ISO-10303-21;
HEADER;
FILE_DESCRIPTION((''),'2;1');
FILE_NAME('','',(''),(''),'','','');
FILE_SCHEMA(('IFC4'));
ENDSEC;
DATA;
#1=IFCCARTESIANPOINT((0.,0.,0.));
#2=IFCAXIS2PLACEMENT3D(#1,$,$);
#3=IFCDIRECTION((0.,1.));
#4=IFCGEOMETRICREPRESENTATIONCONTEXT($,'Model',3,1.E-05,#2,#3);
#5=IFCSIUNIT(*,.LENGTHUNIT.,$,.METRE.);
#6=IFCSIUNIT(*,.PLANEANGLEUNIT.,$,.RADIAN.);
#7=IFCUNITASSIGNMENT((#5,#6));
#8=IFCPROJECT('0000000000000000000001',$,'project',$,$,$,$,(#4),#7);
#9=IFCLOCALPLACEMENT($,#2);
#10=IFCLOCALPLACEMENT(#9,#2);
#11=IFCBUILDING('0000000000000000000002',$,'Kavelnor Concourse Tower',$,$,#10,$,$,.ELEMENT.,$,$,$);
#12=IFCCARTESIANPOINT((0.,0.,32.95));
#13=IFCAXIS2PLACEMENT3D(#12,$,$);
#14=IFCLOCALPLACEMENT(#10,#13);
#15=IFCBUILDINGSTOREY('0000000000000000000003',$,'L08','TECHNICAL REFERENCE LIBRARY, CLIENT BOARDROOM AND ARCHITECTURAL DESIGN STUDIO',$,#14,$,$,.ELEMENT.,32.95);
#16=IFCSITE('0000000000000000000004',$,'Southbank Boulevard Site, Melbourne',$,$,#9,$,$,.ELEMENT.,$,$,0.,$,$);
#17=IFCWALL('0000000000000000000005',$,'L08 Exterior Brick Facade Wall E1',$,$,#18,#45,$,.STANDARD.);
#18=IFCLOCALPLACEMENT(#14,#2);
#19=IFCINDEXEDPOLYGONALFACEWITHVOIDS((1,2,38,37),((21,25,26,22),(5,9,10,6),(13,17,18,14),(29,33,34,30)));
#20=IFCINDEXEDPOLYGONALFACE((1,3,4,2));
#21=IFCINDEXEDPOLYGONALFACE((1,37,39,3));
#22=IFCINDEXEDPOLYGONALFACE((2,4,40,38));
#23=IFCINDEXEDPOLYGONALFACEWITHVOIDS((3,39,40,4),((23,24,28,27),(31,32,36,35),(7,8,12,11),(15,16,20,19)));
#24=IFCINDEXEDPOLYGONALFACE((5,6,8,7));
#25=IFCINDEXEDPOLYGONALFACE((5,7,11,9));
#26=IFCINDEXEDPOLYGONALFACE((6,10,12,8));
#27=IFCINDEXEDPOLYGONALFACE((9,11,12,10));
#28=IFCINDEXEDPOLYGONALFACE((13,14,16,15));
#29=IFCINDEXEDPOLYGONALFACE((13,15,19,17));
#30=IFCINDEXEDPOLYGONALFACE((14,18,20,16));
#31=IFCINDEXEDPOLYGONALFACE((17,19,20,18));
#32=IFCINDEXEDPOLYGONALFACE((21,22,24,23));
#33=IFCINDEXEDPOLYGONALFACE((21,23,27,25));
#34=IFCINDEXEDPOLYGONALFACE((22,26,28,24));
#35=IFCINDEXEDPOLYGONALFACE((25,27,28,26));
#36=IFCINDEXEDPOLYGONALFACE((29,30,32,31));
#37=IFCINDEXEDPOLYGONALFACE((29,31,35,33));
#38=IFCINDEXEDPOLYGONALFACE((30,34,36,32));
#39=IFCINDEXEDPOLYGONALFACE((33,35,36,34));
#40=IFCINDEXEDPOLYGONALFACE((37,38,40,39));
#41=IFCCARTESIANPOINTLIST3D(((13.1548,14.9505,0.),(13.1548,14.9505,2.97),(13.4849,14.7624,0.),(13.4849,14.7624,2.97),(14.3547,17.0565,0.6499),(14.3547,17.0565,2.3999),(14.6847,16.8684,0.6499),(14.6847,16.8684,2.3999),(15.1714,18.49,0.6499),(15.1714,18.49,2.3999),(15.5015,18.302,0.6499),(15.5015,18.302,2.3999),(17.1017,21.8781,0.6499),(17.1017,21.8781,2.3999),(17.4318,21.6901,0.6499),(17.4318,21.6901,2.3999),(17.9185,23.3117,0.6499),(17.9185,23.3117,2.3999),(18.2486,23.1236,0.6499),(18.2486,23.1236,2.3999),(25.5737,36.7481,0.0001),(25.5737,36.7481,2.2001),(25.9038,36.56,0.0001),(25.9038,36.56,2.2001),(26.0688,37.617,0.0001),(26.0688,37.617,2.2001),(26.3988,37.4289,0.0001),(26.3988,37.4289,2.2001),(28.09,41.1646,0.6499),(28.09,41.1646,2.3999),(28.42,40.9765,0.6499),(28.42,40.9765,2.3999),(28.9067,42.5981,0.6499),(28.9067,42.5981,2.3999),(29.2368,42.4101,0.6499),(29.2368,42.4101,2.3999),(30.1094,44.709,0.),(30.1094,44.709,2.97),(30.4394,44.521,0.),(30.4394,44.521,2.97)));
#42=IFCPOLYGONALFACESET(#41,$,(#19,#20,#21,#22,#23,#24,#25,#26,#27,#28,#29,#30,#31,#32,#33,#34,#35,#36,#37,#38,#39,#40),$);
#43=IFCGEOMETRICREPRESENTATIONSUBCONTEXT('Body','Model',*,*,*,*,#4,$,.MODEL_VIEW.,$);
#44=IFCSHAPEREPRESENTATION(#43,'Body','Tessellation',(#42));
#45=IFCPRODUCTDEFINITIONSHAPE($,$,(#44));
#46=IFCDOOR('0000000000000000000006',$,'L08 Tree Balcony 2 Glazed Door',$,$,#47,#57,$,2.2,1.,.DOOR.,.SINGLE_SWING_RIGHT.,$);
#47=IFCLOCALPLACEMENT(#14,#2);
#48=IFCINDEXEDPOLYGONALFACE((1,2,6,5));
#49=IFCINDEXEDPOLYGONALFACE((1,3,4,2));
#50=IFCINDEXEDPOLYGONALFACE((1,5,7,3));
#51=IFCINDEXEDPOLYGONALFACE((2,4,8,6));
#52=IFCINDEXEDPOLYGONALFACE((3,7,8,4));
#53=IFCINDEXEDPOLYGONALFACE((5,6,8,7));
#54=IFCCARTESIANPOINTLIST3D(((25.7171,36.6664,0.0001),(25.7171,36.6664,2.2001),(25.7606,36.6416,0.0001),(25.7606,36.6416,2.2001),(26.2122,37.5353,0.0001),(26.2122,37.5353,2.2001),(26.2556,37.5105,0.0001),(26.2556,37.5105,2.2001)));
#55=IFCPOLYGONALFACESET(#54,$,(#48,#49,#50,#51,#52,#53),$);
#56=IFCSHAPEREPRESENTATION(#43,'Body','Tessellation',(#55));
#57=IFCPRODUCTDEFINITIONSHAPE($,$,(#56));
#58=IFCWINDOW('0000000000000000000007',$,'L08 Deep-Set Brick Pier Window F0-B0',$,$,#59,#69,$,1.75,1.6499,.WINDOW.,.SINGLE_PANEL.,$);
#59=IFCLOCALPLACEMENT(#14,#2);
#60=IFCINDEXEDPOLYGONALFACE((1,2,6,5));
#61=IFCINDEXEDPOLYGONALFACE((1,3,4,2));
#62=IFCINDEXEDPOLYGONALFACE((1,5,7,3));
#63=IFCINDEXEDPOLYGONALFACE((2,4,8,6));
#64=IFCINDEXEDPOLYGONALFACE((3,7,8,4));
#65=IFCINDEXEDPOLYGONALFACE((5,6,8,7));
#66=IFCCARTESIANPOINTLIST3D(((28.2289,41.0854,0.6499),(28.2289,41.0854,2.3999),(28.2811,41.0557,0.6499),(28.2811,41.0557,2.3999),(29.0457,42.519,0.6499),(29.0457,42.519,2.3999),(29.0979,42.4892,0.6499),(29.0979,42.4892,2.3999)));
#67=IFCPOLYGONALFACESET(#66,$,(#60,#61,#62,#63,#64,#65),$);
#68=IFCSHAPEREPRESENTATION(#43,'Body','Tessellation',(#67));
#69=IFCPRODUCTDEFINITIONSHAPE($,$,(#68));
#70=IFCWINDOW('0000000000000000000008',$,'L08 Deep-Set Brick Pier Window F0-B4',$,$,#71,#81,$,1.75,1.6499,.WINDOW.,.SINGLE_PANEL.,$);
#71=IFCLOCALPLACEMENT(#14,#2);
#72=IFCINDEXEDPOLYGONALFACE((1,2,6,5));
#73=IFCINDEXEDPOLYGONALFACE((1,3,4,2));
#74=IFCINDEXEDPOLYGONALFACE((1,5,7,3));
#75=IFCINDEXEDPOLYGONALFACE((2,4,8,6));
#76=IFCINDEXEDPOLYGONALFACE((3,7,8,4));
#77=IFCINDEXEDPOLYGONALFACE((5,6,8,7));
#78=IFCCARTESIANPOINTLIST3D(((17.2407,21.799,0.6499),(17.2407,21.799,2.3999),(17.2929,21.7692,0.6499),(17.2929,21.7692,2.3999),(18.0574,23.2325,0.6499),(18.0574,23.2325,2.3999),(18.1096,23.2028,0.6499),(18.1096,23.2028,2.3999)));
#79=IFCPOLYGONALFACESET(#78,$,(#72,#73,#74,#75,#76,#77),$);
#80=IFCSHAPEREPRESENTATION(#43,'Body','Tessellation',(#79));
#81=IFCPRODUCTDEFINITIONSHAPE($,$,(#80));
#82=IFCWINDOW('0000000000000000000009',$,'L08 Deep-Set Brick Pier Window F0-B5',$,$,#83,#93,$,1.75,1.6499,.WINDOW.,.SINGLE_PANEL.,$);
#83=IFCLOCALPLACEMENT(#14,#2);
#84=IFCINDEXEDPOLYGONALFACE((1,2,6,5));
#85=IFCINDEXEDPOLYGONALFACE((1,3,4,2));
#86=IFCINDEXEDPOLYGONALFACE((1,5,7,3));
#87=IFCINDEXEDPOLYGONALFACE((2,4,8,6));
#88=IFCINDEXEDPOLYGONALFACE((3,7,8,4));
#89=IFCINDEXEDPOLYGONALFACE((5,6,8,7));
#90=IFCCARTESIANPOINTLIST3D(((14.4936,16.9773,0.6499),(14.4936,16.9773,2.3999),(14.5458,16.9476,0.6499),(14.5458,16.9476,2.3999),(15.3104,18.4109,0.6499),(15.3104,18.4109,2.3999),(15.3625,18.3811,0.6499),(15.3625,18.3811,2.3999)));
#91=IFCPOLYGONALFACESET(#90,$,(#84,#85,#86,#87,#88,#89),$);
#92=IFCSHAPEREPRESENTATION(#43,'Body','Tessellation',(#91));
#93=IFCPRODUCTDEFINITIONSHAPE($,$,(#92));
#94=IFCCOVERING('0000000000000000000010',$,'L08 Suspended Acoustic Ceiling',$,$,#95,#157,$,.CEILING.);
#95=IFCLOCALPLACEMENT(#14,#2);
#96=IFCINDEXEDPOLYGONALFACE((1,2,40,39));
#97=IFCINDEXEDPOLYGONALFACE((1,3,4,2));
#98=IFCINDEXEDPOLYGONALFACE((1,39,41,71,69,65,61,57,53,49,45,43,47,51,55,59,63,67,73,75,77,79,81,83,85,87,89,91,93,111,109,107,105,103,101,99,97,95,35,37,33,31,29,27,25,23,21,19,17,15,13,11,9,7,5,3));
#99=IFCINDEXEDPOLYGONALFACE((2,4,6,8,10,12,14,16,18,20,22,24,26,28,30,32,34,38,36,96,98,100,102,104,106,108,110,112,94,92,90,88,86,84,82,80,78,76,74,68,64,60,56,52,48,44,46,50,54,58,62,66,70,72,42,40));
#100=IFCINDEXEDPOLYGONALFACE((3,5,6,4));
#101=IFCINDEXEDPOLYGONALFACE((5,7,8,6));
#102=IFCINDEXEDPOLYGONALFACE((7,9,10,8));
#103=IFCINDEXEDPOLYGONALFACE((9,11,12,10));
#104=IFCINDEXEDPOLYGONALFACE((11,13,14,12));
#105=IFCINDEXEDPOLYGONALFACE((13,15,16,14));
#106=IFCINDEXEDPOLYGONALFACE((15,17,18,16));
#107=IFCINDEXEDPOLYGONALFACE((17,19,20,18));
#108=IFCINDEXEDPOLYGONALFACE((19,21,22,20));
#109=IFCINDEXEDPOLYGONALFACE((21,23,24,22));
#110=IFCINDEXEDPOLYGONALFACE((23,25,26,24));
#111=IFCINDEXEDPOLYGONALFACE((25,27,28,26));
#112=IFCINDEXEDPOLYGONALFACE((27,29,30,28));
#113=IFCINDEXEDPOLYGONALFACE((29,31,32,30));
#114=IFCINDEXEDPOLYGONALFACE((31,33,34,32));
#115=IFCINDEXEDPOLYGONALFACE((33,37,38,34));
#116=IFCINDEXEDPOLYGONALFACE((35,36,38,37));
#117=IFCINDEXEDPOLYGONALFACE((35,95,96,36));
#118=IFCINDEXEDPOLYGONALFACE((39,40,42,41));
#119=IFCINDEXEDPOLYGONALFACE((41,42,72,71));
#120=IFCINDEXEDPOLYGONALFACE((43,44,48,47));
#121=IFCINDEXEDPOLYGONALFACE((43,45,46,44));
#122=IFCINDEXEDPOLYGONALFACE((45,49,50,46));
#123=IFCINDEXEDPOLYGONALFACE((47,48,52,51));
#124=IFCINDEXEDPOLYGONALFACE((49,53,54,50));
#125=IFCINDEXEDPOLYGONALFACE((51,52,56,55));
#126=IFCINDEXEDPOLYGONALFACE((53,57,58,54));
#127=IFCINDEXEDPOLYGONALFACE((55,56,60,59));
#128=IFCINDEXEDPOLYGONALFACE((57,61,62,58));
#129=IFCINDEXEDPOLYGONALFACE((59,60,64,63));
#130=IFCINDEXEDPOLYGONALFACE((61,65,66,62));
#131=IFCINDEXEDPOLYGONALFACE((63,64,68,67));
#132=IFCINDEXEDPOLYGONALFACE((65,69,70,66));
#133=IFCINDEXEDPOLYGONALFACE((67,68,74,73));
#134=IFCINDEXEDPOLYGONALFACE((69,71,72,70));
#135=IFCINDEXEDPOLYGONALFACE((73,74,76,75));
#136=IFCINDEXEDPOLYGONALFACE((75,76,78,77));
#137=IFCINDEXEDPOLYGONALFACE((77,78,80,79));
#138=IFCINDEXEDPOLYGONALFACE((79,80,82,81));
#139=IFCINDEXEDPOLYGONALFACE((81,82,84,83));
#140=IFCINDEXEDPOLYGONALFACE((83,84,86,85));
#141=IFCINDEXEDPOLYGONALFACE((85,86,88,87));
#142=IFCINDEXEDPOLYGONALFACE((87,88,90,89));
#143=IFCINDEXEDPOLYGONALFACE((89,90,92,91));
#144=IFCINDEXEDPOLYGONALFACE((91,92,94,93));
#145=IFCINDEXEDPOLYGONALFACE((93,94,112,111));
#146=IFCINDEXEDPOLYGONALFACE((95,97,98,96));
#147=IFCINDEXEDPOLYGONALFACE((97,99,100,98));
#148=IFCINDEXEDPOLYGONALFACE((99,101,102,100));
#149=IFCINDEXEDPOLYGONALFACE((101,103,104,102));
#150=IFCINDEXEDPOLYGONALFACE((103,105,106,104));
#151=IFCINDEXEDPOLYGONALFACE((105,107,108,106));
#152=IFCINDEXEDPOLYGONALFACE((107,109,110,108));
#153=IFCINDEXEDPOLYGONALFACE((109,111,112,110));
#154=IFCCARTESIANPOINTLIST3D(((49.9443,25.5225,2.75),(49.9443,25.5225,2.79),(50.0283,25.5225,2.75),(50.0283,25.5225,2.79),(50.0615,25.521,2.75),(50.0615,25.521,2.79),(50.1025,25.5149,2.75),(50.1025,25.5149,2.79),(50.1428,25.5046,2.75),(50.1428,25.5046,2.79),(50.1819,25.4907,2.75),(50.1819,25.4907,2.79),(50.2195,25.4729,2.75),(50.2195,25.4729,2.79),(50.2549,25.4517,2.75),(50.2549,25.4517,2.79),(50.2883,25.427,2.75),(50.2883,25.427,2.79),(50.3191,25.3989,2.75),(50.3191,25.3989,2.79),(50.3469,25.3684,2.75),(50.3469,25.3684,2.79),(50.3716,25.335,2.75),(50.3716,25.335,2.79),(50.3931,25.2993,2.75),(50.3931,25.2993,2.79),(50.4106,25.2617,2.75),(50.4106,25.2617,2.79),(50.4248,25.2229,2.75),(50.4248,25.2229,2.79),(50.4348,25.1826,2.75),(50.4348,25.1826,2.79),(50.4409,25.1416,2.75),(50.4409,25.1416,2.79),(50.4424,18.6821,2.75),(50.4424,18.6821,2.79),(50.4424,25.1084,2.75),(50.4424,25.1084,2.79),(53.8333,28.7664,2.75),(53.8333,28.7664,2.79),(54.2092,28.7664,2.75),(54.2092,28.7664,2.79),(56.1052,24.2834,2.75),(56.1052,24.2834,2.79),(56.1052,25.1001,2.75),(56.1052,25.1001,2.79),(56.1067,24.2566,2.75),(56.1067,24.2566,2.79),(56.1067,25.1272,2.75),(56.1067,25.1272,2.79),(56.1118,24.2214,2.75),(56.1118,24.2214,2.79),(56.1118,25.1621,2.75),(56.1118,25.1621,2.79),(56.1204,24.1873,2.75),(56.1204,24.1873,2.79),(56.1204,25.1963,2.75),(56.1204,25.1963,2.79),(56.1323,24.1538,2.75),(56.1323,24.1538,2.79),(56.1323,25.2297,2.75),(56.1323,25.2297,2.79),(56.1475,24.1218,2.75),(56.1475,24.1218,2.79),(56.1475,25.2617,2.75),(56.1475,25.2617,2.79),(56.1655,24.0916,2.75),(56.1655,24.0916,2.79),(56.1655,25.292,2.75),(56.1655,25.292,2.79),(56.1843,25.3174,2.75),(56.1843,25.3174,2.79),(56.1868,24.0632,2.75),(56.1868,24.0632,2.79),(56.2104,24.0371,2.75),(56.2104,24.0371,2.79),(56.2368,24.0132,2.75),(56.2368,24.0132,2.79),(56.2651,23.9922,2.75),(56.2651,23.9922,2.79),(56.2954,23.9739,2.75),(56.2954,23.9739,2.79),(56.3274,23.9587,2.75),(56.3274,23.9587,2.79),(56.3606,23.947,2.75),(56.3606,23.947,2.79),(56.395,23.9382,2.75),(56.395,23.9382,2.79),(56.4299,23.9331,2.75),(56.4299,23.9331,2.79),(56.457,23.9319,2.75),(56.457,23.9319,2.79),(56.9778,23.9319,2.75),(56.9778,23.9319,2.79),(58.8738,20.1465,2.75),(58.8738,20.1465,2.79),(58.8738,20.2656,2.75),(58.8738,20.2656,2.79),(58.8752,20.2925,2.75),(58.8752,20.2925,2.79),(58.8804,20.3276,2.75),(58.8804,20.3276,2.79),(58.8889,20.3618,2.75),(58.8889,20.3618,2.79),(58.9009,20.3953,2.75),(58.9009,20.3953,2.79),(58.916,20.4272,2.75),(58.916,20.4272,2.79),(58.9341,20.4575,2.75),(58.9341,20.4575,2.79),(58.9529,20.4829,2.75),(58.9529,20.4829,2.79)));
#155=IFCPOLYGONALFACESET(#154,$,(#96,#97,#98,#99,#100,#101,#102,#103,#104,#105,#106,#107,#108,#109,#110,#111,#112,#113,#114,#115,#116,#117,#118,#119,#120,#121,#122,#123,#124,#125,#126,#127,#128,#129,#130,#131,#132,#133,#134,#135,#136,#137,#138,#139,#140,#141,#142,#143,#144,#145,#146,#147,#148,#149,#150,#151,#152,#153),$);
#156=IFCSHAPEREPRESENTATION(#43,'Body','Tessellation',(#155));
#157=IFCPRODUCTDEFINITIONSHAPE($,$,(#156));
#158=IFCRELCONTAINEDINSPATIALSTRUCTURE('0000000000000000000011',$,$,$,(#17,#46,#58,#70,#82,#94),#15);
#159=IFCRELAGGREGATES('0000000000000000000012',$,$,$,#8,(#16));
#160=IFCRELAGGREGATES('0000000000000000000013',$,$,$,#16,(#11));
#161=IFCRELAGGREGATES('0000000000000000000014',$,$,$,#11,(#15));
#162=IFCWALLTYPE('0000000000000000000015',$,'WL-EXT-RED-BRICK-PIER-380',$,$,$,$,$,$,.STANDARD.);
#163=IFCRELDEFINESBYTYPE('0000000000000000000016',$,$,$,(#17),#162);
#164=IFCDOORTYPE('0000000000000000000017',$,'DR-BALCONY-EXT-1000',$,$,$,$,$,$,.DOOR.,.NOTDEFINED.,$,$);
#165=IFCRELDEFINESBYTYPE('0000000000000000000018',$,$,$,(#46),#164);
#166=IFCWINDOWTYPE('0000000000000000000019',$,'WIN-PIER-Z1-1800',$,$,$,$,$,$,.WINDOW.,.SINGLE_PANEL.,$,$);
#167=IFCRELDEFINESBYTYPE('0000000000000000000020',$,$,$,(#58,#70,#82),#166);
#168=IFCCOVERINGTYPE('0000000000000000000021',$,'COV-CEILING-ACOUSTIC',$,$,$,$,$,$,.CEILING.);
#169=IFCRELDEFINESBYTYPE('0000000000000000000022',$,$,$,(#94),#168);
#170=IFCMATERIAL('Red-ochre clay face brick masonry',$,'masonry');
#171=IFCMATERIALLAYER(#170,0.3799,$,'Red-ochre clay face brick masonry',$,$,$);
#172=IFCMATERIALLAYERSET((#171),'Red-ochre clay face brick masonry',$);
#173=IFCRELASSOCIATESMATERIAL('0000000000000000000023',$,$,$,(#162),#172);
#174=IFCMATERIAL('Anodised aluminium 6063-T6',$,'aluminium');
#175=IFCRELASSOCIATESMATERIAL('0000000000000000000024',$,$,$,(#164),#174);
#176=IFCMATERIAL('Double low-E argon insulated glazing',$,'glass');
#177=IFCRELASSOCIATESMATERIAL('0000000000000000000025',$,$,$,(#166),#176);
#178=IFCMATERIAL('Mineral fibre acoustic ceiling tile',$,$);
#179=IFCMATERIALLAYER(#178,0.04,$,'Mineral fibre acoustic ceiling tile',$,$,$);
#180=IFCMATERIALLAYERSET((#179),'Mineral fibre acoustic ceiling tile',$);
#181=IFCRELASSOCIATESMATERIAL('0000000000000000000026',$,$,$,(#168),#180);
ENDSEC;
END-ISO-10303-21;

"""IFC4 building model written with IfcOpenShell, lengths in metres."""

from ifc_helpers import new_model, si_unit, direction, frame, frame_2d, origin, place, context, subcontext, project, spatial, polyline, rectangle, outline, extrude, material, layer, layer_set, type_object, element, fill, save


model = new_model("IFC4")

# Units and contexts
model_context = context("Model", 3, precision=1e-05, world=origin(), true_north=direction((0.0, 1.0)))
body_context = subcontext(model_context, "Body", "Model", "MODEL_VIEW")
ifc_project = project(units=[si_unit("LENGTHUNIT", "METRE"), si_unit("PLANEANGLEUNIT", "RADIAN")], contexts=[model_context])

# Site, building, storey
site_placement = place(None, origin())
site = spatial("IfcSite", under=ifc_project, at=site_placement, Name="Southbank Boulevard Site, Melbourne", CompositionType="ELEMENT", RefElevation=0.0)
building_placement = place(site_placement, origin())
building = spatial("IfcBuilding", under=site, at=building_placement, Name="Kavelnor Concourse Tower", CompositionType="ELEMENT")
storey_placement = place(building_placement, frame((0.0, 0.0, 32.95)))
storey = spatial("IfcBuildingStorey", under=building, at=storey_placement, Name="L08", Description="TECHNICAL REFERENCE LIBRARY, CLIENT BOARDROOM AND ARCHITECTURAL DESIGN STUDIO", CompositionType="ELEMENT", Elevation=32.95)

# Wall, openings, door, windows
ifc_material_1 = material(Name="Red-ochre clay face brick masonry", Category="masonry")
ifc_layer_1 = layer(ifc_material_1, 0.3799, Name="Red-ochre clay face brick masonry")
ifc_layer_set_1 = layer_set([ifc_layer_1], Name="Red-ochre clay face brick masonry")
wall_type = type_object("IfcWallType", Name="WL-EXT-RED-BRICK-PIER-380", PredefinedType="STANDARD", material=ifc_layer_set_1)
wall_placement = place(storey_placement, frame((13.3198, 14.8564, 0.0), z_axis=(0.0, 0.0, 1.0), x_axis=(0.495032, 0.868875, 0.0)))
wall = element("IfcWall", 1, at=wall_placement, inside=storey, type_object=wall_type, Name="L08 Exterior Brick Facade Wall E1", PredefinedType="STANDARD", context=body_context, shape_type="SweptSolid", body=[
    extrude(rectangle(XDim=34.2495, YDim=0.3799, at=frame_2d((17.1248, 0.0))), origin(), (0.0, 0.0, 1.0), 2.97),
])
opening_1_placement = place(wall_placement, frame((25.0872, 0.0, 0.0)))
opening_1 = element("IfcOpeningElement", 2, at=opening_1_placement, cuts=wall, PredefinedType="OPENING", context=body_context, shape_type="SweptSolid", body=[
    extrude(rectangle(XDim=1.0, YDim=2.2, at=frame_2d((0.5, 1.1001))), frame((0.0, 0.2, 0.0), z_axis=(0.0, -1.0, 0.0), x_axis=(1.0, 0.0, 0.0)), (0.0, 0.0, 1.0), 0.3999),
])
opening_2_placement = place(wall_placement, frame((30.1702, 0.0, 0.6499)))
opening_2 = element("IfcOpeningElement", 3, at=opening_2_placement, cuts=wall, PredefinedType="OPENING", context=body_context, shape_type="SweptSolid", body=[
    extrude(rectangle(XDim=1.6499, YDim=1.75, at=frame_2d((0.825, 0.875))), frame((0.0, 0.2, 0.0), z_axis=(0.0, -1.0, 0.0), x_axis=(1.0, 0.0, 0.0)), (0.0, 0.0, 1.0), 0.3999),
])
opening_3_placement = place(wall_placement, frame((7.9731, 0.0, 0.6499)))
opening_3 = element("IfcOpeningElement", 4, at=opening_3_placement, cuts=wall, PredefinedType="OPENING", context=body_context, shape_type="SweptSolid", body=[
    extrude(rectangle(XDim=1.6499, YDim=1.75, at=frame_2d((0.825, 0.875))), frame((0.0, 0.2, 0.0), z_axis=(0.0, -1.0, 0.0), x_axis=(1.0, 0.0, 0.0)), (0.0, 0.0, 1.0), 0.3999),
])
opening_4_placement = place(wall_placement, frame((2.4238, 0.0, 0.6499)))
opening_4 = element("IfcOpeningElement", 5, at=opening_4_placement, cuts=wall, PredefinedType="OPENING", context=body_context, shape_type="SweptSolid", body=[
    extrude(rectangle(XDim=1.6499, YDim=1.75, at=frame_2d((0.825, 0.875))), frame((0.0, 0.2, 0.0), z_axis=(0.0, -1.0, 0.0), x_axis=(1.0, 0.0, 0.0)), (0.0, 0.0, 1.0), 0.3999),
])
ifc_material_2 = material(Name="Anodised aluminium 6063-T6", Category="aluminium")
door_type = type_object("IfcDoorType", Name="DR-BALCONY-EXT-1000", OperationType="NOTDEFINED", PredefinedType="DOOR", material=ifc_material_2)
door_placement = place(opening_1_placement, origin())
door = element("IfcDoor", 6, at=door_placement, inside=storey, type_object=door_type, Name="L08 Tree Balcony 2 Glazed Door", OperationType="SINGLE_SWING_RIGHT", OverallHeight=2.2, OverallWidth=1.0, PredefinedType="DOOR", context=body_context, shape_type="SweptSolid", body=[
    extrude(rectangle(XDim=1.0, YDim=2.2, at=frame_2d((0.5, 1.1001))), frame((0.0, 0.0249, 0.0), z_axis=(0.0, -1.0, 0.0), x_axis=(1.0, 0.0, 0.0)), (0.0, 0.0, 1.0), 0.05),
])
fill(opening_1, door)
ifc_material_3 = material(Name="Double low-E argon insulated glazing", Category="glass")
window_type = type_object("IfcWindowType", Name="WIN-PIER-Z1-1800", PartitioningType="SINGLE_PANEL", PredefinedType="WINDOW", material=ifc_material_3)
window_1_placement = place(opening_2_placement, origin())
window_1 = element("IfcWindow", 7, at=window_1_placement, inside=storey, type_object=window_type, Name="L08 Deep-Set Brick Pier Window F0-B0", OverallHeight=1.75, OverallWidth=1.6499, PartitioningType="SINGLE_PANEL", PredefinedType="WINDOW", context=body_context, shape_type="SweptSolid", body=[
    extrude(rectangle(XDim=1.6499, YDim=1.75, at=frame_2d((0.825, 0.875))), frame((0.0, 0.03, 0.0), z_axis=(0.0, -1.0, 0.0), x_axis=(1.0, 0.0, 0.0)), (0.0, 0.0, 1.0), 0.0601),
])
fill(opening_2, window_1)
window_2_placement = place(opening_3_placement, origin())
window_2 = element("IfcWindow", 8, at=window_2_placement, inside=storey, type_object=window_type, Name="L08 Deep-Set Brick Pier Window F0-B4", OverallHeight=1.75, OverallWidth=1.6499, PartitioningType="SINGLE_PANEL", PredefinedType="WINDOW", context=body_context, shape_type="SweptSolid", body=[
    extrude(rectangle(XDim=1.6499, YDim=1.75, at=frame_2d((0.825, 0.875))), frame((0.0, 0.03, 0.0), z_axis=(0.0, -1.0, 0.0), x_axis=(1.0, 0.0, 0.0)), (0.0, 0.0, 1.0), 0.0601),
])
fill(opening_3, window_2)
window_3_placement = place(opening_4_placement, origin())
window_3 = element("IfcWindow", 9, at=window_3_placement, inside=storey, type_object=window_type, Name="L08 Deep-Set Brick Pier Window F0-B5", OverallHeight=1.75, OverallWidth=1.6499, PartitioningType="SINGLE_PANEL", PredefinedType="WINDOW", context=body_context, shape_type="SweptSolid", body=[
    extrude(rectangle(XDim=1.6499, YDim=1.75, at=frame_2d((0.825, 0.875))), frame((0.0, 0.03, 0.0), z_axis=(0.0, -1.0, 0.0), x_axis=(1.0, 0.0, 0.0)), (0.0, 0.0, 1.0), 0.0601),
])
fill(opening_4, window_3)

# Covering
ifc_material_4 = material(Name="Mineral fibre acoustic ceiling tile")
ifc_layer_2 = layer(ifc_material_4, 0.04, Name="Mineral fibre acoustic ceiling tile")
ifc_layer_set_2 = layer_set([ifc_layer_2], Name="Mineral fibre acoustic ceiling tile")
covering_type_1 = type_object("IfcCoveringType", Name="COV-CEILING-ACOUSTIC", PredefinedType="CEILING", material=ifc_layer_set_2)
covering_1_placement = place(storey_placement, frame((0.0, 0.0, 2.75)))
element("IfcCovering", 10, at=covering_1_placement, inside=storey, type_object=covering_type_1, Name="L08 Suspended Acoustic Ceiling", PredefinedType="CEILING", context=body_context, shape_type="SweptSolid", body=[
    extrude(outline(polyline([(50.4409, 25.1416), (50.4348, 25.1826), (50.4248, 25.2229), (50.4106, 25.2617), (50.3931, 25.2993), (50.3716, 25.335), (50.3469, 25.3684), (50.3191, 25.3989), (50.2883, 25.427), (50.2549, 25.4517), (50.2195, 25.4729), (50.1819, 25.4907), (50.1428, 25.5046), (50.1025, 25.5149), (50.0615, 25.521), (50.0283, 25.5225), (49.9443, 25.5225), (53.8333, 28.7664), (54.2092, 28.7664), (56.1843, 25.3174), (56.1655, 25.292), (56.1475, 25.2617), (56.1323, 25.2297), (56.1204, 25.1963), (56.1118, 25.1621), (56.1067, 25.1272), (56.1052, 25.1001), (56.1052, 24.2834), (56.1067, 24.2566), (56.1118, 24.2214), (56.1204, 24.1873), (56.1323, 24.1538), (56.1475, 24.1218), (56.1655, 24.0916), (56.1868, 24.0632), (56.2104, 24.0371), (56.2368, 24.0132), (56.2651, 23.9922), (56.2954, 23.9739), (56.3274, 23.9587), (56.3606, 23.947), (56.395, 23.9382), (56.4299, 23.9331), (56.457, 23.9319), (56.9778, 23.9319), (58.9529, 20.4829), (58.9341, 20.4575), (58.916, 20.4272), (58.9009, 20.3953), (58.8889, 20.3618), (58.8804, 20.3276), (58.8752, 20.2925), (58.8738, 20.2656), (58.8738, 20.1465), (50.4424, 18.6821), (50.4424, 25.1084), (50.4409, 25.1416)])), origin(), (0.0, 0.0, 1.0), 0.04),
])

save(model, "model.ifc")
